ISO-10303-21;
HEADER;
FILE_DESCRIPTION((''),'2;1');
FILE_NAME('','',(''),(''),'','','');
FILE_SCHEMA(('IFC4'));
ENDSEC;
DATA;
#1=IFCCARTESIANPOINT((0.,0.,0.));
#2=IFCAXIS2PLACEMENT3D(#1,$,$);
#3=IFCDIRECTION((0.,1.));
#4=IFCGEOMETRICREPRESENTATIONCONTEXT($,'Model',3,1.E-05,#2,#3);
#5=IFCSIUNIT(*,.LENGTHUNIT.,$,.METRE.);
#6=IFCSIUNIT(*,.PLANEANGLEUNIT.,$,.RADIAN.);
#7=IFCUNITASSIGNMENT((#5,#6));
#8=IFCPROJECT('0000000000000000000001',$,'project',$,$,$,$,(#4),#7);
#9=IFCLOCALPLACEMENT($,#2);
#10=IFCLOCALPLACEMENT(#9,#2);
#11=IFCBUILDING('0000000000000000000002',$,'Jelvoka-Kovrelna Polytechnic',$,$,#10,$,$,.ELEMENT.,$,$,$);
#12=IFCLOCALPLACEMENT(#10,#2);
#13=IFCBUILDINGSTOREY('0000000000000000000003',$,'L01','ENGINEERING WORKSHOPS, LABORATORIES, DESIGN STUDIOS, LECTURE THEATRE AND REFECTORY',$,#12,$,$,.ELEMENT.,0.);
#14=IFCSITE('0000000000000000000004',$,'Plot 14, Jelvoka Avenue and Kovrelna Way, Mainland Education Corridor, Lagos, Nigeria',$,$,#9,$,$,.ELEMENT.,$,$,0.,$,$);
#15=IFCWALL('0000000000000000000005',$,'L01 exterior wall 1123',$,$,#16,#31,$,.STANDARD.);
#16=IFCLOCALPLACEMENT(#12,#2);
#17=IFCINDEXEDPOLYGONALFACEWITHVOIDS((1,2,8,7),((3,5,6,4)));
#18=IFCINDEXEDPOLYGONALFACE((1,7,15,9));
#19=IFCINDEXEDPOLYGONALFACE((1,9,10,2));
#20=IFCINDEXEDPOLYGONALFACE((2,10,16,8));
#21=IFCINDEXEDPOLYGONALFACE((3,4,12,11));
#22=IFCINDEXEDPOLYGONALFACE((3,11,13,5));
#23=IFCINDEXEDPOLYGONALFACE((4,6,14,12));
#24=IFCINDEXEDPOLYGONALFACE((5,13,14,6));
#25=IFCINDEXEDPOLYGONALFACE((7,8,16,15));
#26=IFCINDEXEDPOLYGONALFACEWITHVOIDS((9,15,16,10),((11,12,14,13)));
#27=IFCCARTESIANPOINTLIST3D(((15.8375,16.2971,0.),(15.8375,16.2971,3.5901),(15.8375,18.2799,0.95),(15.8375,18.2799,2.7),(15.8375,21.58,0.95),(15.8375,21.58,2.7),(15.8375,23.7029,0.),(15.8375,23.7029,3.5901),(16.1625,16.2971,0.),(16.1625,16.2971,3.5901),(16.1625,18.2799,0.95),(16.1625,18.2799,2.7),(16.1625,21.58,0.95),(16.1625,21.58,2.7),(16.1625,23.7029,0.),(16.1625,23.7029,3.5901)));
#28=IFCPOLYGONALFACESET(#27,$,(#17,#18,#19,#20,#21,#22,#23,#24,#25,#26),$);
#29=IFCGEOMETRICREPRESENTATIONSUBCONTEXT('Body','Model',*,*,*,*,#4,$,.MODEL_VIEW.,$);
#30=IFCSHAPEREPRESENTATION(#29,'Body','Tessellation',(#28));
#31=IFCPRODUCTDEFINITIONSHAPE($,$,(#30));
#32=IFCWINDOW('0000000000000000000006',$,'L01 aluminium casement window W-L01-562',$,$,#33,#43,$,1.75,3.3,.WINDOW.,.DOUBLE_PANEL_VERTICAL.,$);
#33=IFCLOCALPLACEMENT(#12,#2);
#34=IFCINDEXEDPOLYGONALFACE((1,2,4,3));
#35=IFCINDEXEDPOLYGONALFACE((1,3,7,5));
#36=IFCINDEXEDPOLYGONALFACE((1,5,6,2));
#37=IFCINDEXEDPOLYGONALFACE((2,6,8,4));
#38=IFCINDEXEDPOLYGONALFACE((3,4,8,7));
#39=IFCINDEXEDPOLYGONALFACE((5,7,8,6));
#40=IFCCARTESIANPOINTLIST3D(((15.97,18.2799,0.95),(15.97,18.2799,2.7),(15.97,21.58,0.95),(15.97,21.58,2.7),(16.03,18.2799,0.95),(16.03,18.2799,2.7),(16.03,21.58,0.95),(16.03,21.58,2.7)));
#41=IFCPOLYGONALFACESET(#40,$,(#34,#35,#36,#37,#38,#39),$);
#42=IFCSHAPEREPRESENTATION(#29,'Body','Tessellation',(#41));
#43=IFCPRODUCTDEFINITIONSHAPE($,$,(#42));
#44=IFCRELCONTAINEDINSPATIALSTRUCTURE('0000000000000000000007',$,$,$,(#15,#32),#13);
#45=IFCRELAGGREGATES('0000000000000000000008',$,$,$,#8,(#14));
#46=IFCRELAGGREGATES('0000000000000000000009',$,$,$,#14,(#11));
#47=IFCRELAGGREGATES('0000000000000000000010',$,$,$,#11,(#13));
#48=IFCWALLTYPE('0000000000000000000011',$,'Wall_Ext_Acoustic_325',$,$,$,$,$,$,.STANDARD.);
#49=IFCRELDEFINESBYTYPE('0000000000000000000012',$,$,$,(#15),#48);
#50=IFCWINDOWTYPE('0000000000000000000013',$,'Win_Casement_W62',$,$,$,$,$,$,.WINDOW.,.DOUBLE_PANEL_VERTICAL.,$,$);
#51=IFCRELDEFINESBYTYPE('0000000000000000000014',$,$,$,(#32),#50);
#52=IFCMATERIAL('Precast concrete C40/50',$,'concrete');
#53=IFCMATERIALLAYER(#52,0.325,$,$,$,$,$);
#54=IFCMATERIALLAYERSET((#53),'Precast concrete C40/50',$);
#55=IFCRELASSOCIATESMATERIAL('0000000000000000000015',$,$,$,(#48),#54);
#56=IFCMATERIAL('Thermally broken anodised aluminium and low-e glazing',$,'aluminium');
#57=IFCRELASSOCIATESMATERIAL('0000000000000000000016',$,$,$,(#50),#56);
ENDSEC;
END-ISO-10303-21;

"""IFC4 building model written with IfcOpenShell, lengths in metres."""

from ifc_helpers import new_model, si_unit, direction, frame, frame_2d, origin, place, context, subcontext, project, spatial, rectangle, extrude, material, layer, layer_set, type_object, element, fill, save


model = new_model("IFC4")

# Units and contexts
model_context = context("Model", 3, precision=1e-05, world=origin(), true_north=direction((0.0, 1.0)))
body_context = subcontext(model_context, "Body", "Model", "MODEL_VIEW")
ifc_project = project(units=[si_unit("LENGTHUNIT", "METRE"), si_unit("PLANEANGLEUNIT", "RADIAN")], contexts=[model_context])

# Site, building, storey
site_placement = place(None, origin())
site = spatial("IfcSite", under=ifc_project, at=site_placement, Name="Plot 14, Jelvoka Avenue and Kovrelna Way, Mainland Education Corridor, Lagos, Nigeria", CompositionType="ELEMENT", RefElevation=0.0)
building_placement = place(site_placement, origin())
building = spatial("IfcBuilding", under=site, at=building_placement, Name="Jelvoka-Kovrelna Polytechnic", CompositionType="ELEMENT")
storey_placement = place(building_placement, origin())
storey = spatial("IfcBuildingStorey", under=building, at=storey_placement, Name="L01", Description="ENGINEERING WORKSHOPS, LABORATORIES, DESIGN STUDIOS, LECTURE THEATRE AND REFECTORY", CompositionType="ELEMENT", Elevation=0.0)

# Wall, opening, window
ifc_material_1 = material(Name="Precast concrete C40/50", Category="concrete")
ifc_layer_1 = layer(ifc_material_1, 0.325)
ifc_layer_set_1 = layer_set([ifc_layer_1], Name="Precast concrete C40/50")
wall_type_1 = type_object("IfcWallType", Name="Wall_Ext_Acoustic_325", PredefinedType="STANDARD", material=ifc_layer_set_1)
ifc_material_2 = material(Name="Thermally broken anodised aluminium and low-e glazing", Category="aluminium")
window_type = type_object("IfcWindowType", Name="Win_Casement_W62", PartitioningType="DOUBLE_PANEL_VERTICAL", PredefinedType="WINDOW", material=ifc_material_2)
wall_1_placement = place(storey_placement, frame((16.0, 16.2971, 0.0), z_axis=(0.0, 0.0, 1.0), x_axis=(0.0, 1.0, 0.0)))
wall_1 = element("IfcWall", 1, at=wall_1_placement, inside=storey, type_object=wall_type_1, Name="L01 exterior wall 1123", PredefinedType="STANDARD", context=body_context, shape_type="SweptSolid", body=[
    extrude(rectangle(XDim=7.4058, YDim=0.325, at=frame_2d((3.7029, 0.0))), origin(), (0.0, 0.0, 1.0), 3.5901),
])
opening_1_placement = place(wall_1_placement, frame((1.9829, 0.0, 0.95)))
opening_1 = element("IfcOpeningElement", 2, at=opening_1_placement, cuts=wall_1, PredefinedType="OPENING", context=body_context, shape_type="SweptSolid", body=[
    extrude(rectangle(XDim=3.3, YDim=1.75, at=frame_2d((1.6499, 0.875))), frame((0.0, 0.1726, 0.0), z_axis=(0.0, -1.0, 0.0), x_axis=(1.0, 0.0, 0.0)), (0.0, 0.0, 1.0), 0.345),
])
window_1_placement = place(opening_1_placement, origin())
window_1 = element("IfcWindow", 3, at=window_1_placement, inside=storey, type_object=window_type, Name="L01 aluminium casement window W-L01-562", OverallHeight=1.75, OverallWidth=3.3, PartitioningType="DOUBLE_PANEL_VERTICAL", PredefinedType="WINDOW", context=body_context, shape_type="SweptSolid", body=[
    extrude(rectangle(XDim=3.3, YDim=1.75, at=frame_2d((1.6499, 0.875))), frame((0.0, 0.03, 0.0), z_axis=(0.0, -1.0, 0.0), x_axis=(1.0, 0.0, 0.0)), (0.0, 0.0, 1.0), 0.0601),
])
fill(opening_1, window_1)

save(model, "model.ifc")
